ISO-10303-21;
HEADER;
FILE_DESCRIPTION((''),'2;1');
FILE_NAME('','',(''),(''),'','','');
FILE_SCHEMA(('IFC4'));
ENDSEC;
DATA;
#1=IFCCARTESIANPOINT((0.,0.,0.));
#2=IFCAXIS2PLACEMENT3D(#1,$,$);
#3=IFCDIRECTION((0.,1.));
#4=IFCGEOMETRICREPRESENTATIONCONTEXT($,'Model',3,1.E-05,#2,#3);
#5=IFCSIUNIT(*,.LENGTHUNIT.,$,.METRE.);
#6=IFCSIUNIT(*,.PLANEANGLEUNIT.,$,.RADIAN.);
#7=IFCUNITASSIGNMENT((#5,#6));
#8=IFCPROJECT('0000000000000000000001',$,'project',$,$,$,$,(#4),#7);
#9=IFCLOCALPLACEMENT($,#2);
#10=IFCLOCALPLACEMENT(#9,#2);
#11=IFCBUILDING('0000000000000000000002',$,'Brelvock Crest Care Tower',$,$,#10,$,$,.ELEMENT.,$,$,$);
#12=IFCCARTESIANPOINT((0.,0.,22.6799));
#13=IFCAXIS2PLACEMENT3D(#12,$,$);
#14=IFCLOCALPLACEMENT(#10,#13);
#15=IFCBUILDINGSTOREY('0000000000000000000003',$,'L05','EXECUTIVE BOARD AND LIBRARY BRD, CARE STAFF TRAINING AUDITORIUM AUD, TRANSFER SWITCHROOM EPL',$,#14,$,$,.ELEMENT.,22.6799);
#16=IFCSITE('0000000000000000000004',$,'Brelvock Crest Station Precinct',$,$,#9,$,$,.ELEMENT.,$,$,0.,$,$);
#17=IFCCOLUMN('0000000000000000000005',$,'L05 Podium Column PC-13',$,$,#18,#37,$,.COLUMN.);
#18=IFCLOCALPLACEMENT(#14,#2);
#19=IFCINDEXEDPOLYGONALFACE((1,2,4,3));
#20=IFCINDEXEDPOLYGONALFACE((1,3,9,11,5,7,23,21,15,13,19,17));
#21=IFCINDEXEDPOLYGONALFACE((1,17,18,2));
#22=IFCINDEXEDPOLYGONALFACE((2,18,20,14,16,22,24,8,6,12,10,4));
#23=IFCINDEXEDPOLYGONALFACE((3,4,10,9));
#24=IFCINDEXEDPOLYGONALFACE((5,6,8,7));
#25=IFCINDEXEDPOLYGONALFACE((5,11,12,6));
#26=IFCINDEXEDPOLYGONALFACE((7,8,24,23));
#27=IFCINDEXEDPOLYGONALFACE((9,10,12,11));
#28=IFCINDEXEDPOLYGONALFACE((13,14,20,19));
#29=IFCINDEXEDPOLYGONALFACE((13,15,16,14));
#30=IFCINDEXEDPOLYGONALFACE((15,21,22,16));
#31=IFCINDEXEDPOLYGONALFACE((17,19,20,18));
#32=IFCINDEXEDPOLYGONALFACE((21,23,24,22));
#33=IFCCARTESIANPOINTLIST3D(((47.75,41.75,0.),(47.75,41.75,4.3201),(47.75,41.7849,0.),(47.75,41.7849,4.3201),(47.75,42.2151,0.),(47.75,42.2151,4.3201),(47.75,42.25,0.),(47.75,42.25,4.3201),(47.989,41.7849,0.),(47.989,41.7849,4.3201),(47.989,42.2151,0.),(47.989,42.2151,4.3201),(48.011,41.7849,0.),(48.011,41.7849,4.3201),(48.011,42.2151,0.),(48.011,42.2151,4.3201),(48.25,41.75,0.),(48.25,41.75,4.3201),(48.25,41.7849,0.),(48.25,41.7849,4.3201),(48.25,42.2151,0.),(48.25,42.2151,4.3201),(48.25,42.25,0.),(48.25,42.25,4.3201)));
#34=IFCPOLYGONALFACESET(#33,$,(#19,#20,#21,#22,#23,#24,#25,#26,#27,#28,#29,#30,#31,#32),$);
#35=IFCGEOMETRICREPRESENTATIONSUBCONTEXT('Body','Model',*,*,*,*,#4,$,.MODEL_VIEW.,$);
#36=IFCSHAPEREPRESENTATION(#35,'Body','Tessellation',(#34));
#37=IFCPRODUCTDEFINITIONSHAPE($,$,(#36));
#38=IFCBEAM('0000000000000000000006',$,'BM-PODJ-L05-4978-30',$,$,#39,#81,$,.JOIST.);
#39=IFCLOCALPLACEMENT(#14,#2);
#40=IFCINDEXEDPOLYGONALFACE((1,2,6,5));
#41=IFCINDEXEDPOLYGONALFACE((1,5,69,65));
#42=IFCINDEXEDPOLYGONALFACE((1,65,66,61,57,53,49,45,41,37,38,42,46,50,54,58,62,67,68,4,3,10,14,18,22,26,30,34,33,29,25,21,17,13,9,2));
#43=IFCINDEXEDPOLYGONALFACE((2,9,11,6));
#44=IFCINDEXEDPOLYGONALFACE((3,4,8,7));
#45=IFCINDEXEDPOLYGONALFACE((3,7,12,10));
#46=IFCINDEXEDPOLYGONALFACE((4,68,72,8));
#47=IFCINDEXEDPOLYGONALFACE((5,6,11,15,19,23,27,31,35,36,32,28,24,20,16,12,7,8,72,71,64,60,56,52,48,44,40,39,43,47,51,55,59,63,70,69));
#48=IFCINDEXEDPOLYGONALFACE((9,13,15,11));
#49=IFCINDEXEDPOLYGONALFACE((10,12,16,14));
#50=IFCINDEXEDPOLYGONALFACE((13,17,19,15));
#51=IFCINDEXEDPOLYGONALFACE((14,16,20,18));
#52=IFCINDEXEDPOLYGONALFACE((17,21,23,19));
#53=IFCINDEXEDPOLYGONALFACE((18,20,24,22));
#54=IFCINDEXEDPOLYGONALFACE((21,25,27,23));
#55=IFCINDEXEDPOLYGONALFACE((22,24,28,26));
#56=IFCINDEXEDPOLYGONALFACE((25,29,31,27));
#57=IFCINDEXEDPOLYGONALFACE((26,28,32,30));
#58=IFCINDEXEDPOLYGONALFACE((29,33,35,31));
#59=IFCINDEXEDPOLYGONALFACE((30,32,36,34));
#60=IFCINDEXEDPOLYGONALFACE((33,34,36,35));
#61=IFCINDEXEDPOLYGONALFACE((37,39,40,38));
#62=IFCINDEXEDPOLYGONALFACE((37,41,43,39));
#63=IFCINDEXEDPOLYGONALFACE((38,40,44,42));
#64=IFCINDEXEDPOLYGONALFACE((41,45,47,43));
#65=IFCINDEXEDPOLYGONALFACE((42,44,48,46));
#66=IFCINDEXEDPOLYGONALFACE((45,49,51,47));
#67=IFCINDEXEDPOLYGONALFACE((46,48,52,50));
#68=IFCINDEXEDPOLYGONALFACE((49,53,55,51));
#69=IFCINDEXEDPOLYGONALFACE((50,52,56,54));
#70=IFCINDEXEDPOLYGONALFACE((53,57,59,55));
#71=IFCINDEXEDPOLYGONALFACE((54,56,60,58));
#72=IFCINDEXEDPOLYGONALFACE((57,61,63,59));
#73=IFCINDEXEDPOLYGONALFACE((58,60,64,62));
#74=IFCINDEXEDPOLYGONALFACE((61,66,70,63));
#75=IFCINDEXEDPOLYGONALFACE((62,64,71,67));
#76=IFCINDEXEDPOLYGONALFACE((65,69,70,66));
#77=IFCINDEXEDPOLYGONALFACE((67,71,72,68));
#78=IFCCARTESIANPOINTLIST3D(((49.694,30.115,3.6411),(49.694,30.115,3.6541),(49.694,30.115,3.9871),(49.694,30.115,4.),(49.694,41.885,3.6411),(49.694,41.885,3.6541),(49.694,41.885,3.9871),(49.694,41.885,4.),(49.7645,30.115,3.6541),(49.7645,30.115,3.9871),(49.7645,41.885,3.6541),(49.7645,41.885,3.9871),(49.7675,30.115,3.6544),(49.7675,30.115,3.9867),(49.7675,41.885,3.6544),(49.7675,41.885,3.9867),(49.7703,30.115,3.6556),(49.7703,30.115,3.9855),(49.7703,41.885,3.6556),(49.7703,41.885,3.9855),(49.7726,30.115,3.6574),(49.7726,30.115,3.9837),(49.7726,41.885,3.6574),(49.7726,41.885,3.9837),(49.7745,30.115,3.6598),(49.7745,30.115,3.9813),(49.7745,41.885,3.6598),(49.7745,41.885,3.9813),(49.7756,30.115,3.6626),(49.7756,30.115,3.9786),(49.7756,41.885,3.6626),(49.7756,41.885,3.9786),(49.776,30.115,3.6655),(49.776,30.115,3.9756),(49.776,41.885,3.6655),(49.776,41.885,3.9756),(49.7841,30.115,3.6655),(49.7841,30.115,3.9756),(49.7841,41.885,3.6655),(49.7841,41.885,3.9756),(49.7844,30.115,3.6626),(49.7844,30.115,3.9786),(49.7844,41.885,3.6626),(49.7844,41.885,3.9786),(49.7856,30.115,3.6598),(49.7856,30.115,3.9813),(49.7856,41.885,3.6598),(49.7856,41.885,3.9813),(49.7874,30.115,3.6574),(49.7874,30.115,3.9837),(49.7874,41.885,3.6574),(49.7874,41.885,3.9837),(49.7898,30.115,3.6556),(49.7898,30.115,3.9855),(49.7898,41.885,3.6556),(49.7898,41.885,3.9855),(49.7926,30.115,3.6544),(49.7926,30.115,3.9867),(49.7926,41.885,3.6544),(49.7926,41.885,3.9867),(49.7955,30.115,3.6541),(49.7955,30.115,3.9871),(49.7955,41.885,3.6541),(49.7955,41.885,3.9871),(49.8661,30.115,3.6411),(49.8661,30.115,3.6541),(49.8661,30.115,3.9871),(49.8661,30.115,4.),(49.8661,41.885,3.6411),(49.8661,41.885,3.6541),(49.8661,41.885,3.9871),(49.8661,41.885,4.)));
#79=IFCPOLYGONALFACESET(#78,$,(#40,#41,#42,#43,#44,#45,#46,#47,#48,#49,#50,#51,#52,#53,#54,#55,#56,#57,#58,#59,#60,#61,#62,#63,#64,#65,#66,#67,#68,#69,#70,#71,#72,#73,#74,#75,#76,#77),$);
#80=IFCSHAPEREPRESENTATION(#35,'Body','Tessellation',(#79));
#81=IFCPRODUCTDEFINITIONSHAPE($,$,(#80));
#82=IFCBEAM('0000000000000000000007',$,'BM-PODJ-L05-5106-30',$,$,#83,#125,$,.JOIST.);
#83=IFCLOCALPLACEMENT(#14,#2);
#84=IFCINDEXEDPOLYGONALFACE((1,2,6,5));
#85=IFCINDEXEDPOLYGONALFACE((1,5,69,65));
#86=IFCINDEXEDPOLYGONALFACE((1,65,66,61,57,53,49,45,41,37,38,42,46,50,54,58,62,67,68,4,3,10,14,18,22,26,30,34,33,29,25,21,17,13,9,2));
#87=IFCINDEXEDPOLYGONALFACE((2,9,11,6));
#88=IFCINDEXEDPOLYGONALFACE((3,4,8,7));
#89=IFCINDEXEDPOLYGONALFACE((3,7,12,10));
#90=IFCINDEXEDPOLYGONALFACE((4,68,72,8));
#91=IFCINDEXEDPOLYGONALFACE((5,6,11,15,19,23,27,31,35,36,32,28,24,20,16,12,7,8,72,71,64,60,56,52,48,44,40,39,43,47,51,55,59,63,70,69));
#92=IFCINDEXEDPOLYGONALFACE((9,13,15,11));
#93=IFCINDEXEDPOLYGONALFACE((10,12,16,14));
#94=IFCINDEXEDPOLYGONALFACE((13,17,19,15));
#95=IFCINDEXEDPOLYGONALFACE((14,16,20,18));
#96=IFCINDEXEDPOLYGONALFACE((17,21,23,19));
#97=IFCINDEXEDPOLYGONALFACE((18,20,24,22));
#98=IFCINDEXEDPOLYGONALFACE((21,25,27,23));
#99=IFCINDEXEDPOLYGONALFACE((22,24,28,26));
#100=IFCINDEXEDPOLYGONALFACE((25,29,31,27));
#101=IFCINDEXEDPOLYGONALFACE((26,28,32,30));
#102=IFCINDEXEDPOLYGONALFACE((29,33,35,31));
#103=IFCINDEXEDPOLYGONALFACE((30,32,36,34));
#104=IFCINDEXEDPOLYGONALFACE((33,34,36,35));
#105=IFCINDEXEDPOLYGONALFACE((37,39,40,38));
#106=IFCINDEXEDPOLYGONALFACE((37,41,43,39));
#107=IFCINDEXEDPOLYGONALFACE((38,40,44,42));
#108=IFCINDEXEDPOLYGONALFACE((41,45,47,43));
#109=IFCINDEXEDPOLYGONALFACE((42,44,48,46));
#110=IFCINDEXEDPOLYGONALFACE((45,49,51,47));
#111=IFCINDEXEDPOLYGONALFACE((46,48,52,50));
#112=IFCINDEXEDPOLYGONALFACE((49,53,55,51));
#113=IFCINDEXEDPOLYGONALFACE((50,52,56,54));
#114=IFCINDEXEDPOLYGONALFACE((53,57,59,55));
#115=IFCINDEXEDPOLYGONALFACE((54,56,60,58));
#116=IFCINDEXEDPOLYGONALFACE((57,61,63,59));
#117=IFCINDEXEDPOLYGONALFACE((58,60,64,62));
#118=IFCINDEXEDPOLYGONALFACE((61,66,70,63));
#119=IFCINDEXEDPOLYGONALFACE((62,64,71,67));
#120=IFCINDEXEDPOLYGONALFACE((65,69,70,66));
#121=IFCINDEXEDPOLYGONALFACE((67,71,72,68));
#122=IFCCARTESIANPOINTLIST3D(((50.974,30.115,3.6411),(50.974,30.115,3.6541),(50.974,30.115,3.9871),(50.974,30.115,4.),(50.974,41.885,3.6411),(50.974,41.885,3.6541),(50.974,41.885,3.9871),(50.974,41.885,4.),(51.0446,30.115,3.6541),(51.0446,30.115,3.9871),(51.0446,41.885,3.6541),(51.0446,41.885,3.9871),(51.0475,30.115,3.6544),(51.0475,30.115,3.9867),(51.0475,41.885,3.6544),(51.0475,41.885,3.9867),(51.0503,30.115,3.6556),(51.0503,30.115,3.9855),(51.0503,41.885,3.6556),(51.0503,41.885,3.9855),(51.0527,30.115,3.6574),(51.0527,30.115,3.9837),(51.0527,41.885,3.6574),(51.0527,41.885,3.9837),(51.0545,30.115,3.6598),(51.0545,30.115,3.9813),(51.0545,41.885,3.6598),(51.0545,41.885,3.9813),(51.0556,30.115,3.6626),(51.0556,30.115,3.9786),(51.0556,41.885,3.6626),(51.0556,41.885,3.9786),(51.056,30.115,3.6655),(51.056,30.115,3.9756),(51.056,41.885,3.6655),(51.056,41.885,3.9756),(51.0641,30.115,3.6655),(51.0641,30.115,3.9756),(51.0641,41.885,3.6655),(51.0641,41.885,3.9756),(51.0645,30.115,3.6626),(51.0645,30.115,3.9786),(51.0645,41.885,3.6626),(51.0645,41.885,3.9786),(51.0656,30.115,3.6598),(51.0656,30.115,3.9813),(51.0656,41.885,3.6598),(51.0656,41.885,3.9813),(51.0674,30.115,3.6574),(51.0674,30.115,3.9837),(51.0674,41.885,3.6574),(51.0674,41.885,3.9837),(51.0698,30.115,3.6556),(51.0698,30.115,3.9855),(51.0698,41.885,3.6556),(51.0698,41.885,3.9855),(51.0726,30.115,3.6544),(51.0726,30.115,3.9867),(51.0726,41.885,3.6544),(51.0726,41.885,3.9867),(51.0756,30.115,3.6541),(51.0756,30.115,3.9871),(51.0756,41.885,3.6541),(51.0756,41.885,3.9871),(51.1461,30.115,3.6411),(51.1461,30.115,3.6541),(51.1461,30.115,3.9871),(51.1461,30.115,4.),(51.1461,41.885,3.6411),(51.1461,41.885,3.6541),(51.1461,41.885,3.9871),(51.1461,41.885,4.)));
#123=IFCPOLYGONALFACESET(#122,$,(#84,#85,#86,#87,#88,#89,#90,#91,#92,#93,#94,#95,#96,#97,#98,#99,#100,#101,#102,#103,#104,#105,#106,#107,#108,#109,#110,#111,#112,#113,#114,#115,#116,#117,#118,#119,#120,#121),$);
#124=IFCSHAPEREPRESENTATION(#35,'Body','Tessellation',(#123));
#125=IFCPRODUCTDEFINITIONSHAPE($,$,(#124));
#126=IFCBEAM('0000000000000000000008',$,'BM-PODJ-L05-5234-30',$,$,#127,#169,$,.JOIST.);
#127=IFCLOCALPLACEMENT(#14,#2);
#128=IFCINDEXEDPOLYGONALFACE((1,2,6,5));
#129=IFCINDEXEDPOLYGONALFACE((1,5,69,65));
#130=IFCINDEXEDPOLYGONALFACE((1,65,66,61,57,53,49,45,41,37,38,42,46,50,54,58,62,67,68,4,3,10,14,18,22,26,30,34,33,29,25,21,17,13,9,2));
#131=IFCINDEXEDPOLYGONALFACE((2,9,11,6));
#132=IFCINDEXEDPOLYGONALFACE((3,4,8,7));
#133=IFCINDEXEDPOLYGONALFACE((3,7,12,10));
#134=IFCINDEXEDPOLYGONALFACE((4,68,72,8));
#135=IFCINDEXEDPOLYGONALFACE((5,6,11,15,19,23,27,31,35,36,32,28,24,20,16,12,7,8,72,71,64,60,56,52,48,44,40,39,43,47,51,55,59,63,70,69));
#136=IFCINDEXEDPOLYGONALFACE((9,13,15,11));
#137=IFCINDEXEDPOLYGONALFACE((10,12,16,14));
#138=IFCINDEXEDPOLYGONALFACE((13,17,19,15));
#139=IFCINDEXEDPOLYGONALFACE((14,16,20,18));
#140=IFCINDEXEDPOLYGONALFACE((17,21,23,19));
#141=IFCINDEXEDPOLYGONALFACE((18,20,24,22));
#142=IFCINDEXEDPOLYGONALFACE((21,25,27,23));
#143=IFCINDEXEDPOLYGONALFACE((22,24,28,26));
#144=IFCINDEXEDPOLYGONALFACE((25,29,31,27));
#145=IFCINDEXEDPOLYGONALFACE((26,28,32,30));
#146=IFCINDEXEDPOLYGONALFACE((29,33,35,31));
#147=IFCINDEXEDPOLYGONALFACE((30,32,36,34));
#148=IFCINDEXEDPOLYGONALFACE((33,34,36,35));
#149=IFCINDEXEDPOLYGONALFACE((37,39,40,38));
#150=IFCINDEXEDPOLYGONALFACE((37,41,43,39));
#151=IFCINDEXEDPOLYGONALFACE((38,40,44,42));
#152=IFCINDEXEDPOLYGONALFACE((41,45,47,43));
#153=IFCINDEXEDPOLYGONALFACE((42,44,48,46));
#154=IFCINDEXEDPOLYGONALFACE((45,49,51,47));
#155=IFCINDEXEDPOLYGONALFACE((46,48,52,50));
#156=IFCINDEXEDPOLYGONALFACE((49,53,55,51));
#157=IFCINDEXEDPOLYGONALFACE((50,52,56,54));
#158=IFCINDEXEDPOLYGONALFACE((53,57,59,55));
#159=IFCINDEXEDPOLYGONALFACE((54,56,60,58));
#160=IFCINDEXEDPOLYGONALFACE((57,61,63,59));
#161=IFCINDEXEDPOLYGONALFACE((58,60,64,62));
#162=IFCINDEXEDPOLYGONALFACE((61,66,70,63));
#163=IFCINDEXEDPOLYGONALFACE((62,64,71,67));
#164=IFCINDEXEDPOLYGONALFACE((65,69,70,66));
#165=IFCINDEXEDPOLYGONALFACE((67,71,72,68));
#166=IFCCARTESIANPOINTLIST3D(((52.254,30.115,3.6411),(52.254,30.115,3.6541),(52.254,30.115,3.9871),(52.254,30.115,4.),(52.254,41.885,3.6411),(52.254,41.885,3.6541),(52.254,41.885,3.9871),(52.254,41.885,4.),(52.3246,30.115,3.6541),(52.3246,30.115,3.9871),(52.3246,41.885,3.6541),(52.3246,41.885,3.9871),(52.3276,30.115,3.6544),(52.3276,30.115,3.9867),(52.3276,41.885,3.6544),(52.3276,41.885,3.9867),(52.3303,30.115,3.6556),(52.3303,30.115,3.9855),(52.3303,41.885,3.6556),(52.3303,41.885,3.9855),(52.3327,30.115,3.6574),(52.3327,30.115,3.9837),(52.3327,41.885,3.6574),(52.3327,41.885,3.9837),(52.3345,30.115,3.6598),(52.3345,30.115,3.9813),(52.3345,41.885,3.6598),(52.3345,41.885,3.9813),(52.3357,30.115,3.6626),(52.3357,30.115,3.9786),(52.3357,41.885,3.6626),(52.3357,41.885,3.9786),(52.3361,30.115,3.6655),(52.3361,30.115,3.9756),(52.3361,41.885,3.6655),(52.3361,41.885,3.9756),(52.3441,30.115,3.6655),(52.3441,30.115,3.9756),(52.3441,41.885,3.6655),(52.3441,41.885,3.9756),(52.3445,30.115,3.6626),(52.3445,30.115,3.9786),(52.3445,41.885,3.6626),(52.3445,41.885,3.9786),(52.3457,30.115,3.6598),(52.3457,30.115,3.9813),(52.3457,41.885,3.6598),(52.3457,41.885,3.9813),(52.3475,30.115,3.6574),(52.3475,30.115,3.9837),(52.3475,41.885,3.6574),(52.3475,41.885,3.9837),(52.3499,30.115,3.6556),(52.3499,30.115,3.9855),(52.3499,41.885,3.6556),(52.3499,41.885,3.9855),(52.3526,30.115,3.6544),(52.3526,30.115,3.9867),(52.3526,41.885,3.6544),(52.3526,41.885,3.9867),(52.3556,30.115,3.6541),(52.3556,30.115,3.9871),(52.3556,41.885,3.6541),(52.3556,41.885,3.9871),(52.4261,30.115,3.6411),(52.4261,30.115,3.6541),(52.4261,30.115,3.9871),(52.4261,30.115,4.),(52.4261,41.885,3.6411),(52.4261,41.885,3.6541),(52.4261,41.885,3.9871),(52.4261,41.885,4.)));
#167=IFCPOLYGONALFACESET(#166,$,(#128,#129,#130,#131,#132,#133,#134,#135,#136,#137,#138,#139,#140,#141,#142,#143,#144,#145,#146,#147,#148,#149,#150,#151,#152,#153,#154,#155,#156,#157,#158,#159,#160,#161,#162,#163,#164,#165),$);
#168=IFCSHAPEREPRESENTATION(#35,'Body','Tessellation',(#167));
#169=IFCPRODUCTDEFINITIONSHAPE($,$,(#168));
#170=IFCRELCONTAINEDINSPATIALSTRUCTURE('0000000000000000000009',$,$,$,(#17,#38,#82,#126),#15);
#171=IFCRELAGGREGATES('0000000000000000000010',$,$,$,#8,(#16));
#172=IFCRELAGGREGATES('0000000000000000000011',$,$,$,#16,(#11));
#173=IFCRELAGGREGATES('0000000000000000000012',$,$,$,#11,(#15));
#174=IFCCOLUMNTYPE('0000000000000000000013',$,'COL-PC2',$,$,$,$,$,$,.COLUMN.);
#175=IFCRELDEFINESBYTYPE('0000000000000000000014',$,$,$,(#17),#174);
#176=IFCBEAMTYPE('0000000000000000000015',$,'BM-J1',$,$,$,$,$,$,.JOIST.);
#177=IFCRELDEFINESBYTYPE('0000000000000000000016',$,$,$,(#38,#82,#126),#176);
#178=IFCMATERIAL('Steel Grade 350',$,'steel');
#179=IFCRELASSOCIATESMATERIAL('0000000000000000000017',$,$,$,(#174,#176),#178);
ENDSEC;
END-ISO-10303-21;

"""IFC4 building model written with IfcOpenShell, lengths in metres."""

from ifc_helpers import new_model, si_unit, direction, frame, origin, origin_2d, place, context, subcontext, project, spatial, i_section, extrude, source, transform, mapped, material, material_profile, profile_set, type_object, element, save


model = new_model("IFC4")

# Units and contexts
model_context = context("Model", 3, precision=1e-05, world=origin(), true_north=direction((0.0, 1.0)))
body_context = subcontext(model_context, "Body", "Model", "MODEL_VIEW")
ifc_project = project(units=[si_unit("LENGTHUNIT", "METRE"), si_unit("PLANEANGLEUNIT", "RADIAN")], contexts=[model_context])

# Site, building, storey
site_placement = place(None, origin())
site = spatial("IfcSite", under=ifc_project, at=site_placement, Name="Brelvock Crest Station Precinct", CompositionType="ELEMENT", RefElevation=0.0)
building_placement = place(site_placement, origin())
building = spatial("IfcBuilding", under=site, at=building_placement, Name="Brelvock Crest Care Tower", CompositionType="ELEMENT")
storey_placement = place(building_placement, frame((0.0, 0.0, 22.6799)))
storey = spatial("IfcBuildingStorey", under=building, at=storey_placement, Name="L05", Description="EXECUTIVE BOARD AND LIBRARY BRD, CARE STAFF TRAINING AUDITORIUM AUD, TRANSFER SWITCHROOM EPL", CompositionType="ELEMENT", Elevation=22.6799)

# Column
ifc_material_1 = material(Name="Steel Grade 350", Category="steel")
ifc_material_profile_1 = material_profile(ifc_material_1, i_section(OverallWidth=0.5, OverallDepth=0.5, WebThickness=0.022, FlangeThickness=0.0349, at=origin_2d()), Name="500WC340")
ifc_profile_set_1 = profile_set([ifc_material_profile_1], Name="Steel Grade 350")
column_type = type_object("IfcColumnType", Name="COL-PC2", PredefinedType="COLUMN", material=ifc_profile_set_1)
shared_shape_1 = source(origin(), body_context, "Body", "SweptSolid", [
    extrude(i_section(OverallWidth=0.5, OverallDepth=0.5, WebThickness=0.022, FlangeThickness=0.0349, at=origin_2d()), origin(), (0.0, 0.0, 1.0), 4.3201),
])
column_placement = place(storey_placement, frame((48.0, 42.0, 0.0), z_axis=(0.0, 0.0, 1.0), x_axis=(1.0, 0.0, 0.0)))
element("IfcColumn", 1, at=column_placement, inside=storey, type_object=column_type, Name="L05 Podium Column PC-13", PredefinedType="COLUMN", context=body_context, shape_type="MappedRepresentation", body=[
    mapped(shared_shape_1, transform((0.0, 0.0, 0.0), x_axis=(1.0, 0.0, 0.0), y_axis=(0.0, 1.0, 0.0), z_axis=(0.0, 0.0, 1.0), scale=1.0)),
])

# Beams
ifc_material_profile_2 = material_profile(ifc_material_1, i_section(OverallWidth=0.1721, OverallDepth=0.3589, WebThickness=0.0081, FlangeThickness=0.0129, FilletRadius=0.0115, at=origin_2d()), Name="360UB56.7")
ifc_profile_set_2 = profile_set([ifc_material_profile_2], Name="Steel Grade 350")
beam_type_1 = type_object("IfcBeamType", Name="BM-J1", PredefinedType="JOIST", material=ifc_profile_set_2)
shared_shape_2 = source(origin(), body_context, "Body", "SweptSolid", [
    extrude(i_section(OverallWidth=0.1721, OverallDepth=0.3589, WebThickness=0.0081, FlangeThickness=0.0129, FilletRadius=0.0115, at=origin_2d()), origin(), (0.0, 0.0, 1.0), 11.77),
])
for number, where, z_axis, x_axis, name in (
    (2, (49.78, 30.115, 3.8206), (0.0, 1.0, 0.0), (-1.0, 0.0, 0.0), "BM-PODJ-L05-4978-30"),
    (3, (51.0601, 30.115, 3.8206), (0.0, 1.0, 0.0), (-1.0, 0.0, 0.0), "BM-PODJ-L05-5106-30"),
    (4, (52.3401, 30.115, 3.8206), (0.0, 1.0, 0.0), (-1.0, 0.0, 0.0), "BM-PODJ-L05-5234-30"),
):
    element("IfcBeam", number, at=place(storey_placement, frame(where, z_axis=z_axis, x_axis=x_axis)), inside=storey, type_object=beam_type_1, Name=name, PredefinedType="JOIST", context=body_context, shape_type="MappedRepresentation", body=[
        mapped(shared_shape_2, transform((0.0, 0.0, 0.0), x_axis=(1.0, 0.0, 0.0), y_axis=(0.0, 1.0, 0.0), z_axis=(0.0, 0.0, 1.0), scale=1.0)),
    ])

save(model, "model.ifc")
